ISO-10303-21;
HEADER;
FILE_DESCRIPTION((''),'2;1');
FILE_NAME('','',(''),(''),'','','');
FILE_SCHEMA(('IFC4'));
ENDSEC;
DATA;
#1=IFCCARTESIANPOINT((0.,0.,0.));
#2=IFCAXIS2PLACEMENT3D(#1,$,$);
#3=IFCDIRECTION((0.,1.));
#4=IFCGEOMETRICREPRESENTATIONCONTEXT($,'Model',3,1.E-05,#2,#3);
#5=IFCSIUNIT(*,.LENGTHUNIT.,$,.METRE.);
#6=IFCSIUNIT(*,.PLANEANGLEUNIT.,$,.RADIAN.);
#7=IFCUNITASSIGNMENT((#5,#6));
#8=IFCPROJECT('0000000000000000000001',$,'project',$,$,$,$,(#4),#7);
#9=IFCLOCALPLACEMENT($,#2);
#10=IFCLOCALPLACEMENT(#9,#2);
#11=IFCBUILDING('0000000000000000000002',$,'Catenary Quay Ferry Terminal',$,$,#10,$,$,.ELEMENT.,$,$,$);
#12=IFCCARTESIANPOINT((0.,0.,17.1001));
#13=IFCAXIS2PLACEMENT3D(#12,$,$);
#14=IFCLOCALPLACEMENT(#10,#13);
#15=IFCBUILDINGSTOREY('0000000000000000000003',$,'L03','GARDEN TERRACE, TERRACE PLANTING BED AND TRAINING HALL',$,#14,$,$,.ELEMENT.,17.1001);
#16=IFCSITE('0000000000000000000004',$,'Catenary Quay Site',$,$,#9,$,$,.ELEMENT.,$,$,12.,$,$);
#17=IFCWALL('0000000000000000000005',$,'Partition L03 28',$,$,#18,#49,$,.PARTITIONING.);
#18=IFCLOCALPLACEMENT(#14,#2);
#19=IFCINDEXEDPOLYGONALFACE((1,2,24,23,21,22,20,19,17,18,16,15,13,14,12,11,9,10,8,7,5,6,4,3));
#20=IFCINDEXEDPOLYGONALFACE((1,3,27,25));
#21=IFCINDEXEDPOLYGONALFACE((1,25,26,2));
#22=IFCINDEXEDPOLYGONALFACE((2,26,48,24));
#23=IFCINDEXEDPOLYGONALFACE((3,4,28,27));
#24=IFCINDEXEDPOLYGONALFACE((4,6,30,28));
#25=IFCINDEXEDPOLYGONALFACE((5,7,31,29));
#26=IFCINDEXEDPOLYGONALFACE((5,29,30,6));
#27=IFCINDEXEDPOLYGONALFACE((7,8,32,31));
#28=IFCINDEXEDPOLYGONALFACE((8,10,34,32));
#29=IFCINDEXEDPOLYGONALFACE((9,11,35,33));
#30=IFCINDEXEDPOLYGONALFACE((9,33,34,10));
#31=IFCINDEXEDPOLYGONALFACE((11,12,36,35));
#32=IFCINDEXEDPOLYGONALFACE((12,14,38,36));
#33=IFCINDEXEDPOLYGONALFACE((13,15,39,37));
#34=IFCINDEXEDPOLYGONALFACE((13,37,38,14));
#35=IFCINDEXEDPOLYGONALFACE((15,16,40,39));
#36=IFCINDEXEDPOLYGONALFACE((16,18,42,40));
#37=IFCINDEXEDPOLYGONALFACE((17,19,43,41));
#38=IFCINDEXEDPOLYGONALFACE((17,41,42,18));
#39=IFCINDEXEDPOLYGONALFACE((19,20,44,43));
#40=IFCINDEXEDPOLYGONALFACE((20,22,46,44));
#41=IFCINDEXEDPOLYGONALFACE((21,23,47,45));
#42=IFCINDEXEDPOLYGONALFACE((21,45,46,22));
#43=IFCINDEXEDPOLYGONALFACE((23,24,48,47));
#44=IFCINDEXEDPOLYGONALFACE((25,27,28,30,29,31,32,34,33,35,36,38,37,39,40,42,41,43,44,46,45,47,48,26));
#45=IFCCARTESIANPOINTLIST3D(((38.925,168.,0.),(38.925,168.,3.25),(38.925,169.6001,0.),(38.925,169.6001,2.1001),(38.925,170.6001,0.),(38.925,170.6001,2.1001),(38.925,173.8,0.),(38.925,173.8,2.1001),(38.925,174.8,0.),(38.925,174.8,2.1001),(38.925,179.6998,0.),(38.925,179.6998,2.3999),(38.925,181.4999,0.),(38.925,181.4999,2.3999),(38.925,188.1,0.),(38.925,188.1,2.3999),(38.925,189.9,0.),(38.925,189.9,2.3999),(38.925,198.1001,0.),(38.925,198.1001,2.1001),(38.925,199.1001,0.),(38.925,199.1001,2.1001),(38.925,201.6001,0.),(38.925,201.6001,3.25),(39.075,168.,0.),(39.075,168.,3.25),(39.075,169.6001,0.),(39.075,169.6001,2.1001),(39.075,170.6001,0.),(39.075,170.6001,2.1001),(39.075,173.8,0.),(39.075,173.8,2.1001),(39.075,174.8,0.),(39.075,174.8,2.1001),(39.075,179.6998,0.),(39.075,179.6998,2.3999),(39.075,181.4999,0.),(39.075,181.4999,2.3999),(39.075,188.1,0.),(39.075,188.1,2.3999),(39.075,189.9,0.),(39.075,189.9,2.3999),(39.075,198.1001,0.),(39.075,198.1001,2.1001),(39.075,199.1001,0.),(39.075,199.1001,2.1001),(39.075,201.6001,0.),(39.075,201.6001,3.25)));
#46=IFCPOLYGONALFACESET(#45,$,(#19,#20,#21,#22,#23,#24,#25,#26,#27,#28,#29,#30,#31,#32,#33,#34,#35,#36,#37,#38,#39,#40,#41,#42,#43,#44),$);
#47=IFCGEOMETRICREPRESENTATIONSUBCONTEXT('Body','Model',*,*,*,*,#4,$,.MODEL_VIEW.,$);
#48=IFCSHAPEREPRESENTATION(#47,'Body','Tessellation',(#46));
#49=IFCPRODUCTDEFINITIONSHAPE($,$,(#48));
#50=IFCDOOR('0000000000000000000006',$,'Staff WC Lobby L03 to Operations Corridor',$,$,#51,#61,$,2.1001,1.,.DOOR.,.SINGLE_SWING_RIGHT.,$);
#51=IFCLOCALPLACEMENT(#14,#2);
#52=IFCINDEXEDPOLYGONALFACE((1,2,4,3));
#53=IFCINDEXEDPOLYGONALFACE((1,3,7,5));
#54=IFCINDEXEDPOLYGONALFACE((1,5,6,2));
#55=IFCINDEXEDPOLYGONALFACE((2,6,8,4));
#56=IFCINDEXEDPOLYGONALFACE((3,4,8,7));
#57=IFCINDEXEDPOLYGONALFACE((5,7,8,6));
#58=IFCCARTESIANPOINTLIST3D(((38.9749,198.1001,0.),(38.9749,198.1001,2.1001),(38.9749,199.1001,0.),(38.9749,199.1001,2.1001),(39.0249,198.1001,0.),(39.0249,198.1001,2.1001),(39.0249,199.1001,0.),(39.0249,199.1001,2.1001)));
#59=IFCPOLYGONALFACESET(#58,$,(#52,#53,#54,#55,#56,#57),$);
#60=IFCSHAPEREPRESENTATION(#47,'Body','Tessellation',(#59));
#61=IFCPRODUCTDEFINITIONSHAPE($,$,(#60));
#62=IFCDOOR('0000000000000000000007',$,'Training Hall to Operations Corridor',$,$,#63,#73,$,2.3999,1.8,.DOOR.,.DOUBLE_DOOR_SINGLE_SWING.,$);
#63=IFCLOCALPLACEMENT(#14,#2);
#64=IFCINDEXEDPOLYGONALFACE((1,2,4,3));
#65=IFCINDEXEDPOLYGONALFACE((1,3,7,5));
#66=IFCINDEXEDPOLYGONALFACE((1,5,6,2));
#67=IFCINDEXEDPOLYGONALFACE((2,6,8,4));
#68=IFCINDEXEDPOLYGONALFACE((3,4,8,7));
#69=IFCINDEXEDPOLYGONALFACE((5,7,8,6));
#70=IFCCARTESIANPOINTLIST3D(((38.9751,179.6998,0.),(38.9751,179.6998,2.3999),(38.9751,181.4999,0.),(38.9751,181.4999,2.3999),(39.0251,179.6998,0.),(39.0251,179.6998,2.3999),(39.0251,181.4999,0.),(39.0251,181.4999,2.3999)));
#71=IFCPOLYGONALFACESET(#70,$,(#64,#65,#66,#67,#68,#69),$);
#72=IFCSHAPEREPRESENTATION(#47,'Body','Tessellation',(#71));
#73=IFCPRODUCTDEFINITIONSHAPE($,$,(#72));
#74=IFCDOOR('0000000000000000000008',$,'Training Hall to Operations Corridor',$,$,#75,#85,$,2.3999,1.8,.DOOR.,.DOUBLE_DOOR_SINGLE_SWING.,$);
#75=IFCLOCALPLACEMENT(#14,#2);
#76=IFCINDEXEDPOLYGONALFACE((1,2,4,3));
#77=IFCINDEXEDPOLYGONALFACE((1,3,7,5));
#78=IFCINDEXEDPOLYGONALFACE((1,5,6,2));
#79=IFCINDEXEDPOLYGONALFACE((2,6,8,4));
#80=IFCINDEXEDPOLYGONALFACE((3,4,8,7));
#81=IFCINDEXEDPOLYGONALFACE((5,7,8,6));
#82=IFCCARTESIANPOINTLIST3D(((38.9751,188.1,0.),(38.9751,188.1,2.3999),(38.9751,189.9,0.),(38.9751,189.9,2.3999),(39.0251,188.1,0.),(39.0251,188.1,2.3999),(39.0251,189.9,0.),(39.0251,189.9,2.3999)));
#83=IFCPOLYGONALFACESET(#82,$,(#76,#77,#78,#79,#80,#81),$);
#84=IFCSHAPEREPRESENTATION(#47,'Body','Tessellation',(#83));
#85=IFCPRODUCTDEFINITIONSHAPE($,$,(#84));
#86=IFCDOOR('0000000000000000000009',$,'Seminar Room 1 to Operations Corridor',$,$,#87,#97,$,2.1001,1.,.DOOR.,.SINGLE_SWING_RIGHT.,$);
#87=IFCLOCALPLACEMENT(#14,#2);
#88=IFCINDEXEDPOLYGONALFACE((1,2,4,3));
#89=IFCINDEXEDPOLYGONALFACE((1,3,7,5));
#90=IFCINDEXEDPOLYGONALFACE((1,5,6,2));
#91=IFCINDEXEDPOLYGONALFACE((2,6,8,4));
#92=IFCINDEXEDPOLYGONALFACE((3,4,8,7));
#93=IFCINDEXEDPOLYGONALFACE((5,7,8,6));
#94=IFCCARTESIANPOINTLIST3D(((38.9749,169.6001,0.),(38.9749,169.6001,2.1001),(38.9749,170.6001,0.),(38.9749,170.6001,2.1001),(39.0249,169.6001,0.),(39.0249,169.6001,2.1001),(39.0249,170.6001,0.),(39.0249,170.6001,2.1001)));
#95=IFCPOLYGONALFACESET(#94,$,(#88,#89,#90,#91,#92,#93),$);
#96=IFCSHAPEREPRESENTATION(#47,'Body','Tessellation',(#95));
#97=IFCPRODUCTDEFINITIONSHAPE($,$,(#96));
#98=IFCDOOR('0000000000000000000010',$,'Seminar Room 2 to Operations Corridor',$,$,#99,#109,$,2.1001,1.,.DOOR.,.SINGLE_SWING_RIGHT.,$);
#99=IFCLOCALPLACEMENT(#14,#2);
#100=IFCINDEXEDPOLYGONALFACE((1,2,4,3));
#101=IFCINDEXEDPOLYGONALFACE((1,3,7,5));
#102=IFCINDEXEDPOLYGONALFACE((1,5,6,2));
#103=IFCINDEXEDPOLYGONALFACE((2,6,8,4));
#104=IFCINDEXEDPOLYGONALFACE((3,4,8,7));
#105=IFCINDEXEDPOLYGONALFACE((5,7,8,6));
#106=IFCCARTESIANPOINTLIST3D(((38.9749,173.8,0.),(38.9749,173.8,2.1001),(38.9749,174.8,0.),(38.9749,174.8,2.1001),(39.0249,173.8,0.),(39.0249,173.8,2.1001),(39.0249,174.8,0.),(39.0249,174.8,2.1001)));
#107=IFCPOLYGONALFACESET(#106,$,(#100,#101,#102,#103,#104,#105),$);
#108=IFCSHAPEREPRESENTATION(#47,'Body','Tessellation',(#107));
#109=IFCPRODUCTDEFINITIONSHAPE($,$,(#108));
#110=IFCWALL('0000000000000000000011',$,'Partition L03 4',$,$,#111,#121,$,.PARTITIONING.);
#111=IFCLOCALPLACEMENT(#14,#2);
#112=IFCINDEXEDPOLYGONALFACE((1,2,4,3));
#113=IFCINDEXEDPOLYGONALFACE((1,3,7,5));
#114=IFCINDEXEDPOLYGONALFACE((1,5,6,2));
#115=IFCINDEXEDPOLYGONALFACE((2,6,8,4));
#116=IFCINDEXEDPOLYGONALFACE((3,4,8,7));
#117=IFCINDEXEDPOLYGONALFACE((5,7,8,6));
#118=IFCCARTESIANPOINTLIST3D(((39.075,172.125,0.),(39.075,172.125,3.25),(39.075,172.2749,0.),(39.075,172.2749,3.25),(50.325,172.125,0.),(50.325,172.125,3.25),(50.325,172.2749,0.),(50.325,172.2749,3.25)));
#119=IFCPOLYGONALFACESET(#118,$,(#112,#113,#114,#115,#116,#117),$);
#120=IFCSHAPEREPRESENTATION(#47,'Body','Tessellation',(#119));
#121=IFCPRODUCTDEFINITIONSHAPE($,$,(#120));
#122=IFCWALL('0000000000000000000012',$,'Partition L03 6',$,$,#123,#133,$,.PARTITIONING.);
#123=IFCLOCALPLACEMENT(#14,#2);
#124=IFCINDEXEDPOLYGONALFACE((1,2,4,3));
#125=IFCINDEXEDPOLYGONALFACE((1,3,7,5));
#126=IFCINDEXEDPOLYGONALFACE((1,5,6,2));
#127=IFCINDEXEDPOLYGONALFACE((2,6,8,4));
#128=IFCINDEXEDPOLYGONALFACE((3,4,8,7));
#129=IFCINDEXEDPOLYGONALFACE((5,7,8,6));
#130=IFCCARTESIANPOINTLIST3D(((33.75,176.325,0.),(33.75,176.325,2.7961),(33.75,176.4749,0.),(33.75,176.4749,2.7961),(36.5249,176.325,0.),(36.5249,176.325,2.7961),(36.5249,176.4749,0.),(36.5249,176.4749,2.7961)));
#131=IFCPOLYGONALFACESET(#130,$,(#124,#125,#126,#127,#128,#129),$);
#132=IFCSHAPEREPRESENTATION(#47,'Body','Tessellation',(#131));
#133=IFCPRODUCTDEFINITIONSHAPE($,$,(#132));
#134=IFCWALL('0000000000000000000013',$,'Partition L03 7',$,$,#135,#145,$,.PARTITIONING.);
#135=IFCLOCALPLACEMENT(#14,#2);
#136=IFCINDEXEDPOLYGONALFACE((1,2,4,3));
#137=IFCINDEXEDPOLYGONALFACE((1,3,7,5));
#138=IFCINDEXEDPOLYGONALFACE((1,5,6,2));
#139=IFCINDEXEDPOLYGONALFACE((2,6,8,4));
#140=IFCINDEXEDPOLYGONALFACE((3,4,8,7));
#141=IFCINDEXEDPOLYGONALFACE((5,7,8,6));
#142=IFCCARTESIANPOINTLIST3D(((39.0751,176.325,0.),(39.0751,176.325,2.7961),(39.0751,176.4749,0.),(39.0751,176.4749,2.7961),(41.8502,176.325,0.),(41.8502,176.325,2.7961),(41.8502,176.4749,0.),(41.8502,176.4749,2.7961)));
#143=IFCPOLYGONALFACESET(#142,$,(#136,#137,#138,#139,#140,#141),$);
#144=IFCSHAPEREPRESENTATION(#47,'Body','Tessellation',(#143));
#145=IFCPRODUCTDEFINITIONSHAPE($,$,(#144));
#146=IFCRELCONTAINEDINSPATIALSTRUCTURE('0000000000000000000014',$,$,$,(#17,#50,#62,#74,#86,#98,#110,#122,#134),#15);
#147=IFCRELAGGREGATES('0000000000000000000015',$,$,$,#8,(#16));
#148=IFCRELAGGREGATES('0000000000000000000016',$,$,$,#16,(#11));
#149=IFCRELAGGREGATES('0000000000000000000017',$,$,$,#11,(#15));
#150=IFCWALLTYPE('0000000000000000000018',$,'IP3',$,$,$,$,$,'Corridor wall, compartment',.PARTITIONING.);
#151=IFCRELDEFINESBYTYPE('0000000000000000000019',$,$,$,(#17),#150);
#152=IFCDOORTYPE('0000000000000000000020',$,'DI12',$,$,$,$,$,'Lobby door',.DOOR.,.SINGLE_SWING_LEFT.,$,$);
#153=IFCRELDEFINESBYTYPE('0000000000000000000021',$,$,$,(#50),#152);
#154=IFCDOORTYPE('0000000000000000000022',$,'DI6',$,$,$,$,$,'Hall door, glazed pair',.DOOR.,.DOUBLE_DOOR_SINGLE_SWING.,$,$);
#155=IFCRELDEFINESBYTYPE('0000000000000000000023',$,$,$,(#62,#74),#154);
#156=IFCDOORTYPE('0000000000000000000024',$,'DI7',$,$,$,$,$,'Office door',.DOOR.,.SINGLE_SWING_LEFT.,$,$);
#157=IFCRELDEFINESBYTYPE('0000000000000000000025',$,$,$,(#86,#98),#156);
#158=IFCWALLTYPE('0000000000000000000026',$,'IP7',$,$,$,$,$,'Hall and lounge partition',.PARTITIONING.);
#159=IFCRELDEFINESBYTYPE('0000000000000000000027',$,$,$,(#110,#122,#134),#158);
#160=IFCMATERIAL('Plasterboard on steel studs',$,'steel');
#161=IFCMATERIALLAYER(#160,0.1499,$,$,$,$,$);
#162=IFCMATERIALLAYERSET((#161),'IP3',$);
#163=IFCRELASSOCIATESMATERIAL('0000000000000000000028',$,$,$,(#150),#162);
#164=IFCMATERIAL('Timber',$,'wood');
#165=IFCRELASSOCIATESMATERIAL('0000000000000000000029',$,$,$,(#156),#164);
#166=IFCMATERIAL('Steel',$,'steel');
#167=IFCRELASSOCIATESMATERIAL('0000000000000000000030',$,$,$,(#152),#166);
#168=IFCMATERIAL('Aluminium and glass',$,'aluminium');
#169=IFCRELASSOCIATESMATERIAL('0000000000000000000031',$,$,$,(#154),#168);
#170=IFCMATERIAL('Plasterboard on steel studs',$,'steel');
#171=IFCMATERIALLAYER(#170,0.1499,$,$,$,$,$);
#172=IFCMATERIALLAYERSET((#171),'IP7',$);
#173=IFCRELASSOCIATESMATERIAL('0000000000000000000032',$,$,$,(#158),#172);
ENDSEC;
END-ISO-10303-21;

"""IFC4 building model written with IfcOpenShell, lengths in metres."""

from ifc_helpers import new_model, si_unit, direction, frame, frame_2d, origin, place, context, subcontext, project, spatial, rectangle, extrude, material, layer, layer_set, type_object, element, fill, save


model = new_model("IFC4")

# Units and contexts
model_context = context("Model", 3, precision=1e-05, world=origin(), true_north=direction((0.0, 1.0)))
body_context = subcontext(model_context, "Body", "Model", "MODEL_VIEW")
ifc_project = project(units=[si_unit("LENGTHUNIT", "METRE"), si_unit("PLANEANGLEUNIT", "RADIAN")], contexts=[model_context])

# Site, building, storey
site_placement = place(None, origin())
site = spatial("IfcSite", under=ifc_project, at=site_placement, Name="Catenary Quay Site", CompositionType="ELEMENT", RefElevation=12.0)
building_placement = place(site_placement, origin())
building = spatial("IfcBuilding", under=site, at=building_placement, Name="Catenary Quay Ferry Terminal", CompositionType="ELEMENT")
storey_placement = place(building_placement, frame((0.0, 0.0, 17.1001)))
storey = spatial("IfcBuildingStorey", under=building, at=storey_placement, Name="L03", Description="GARDEN TERRACE, TERRACE PLANTING BED AND TRAINING HALL", CompositionType="ELEMENT", Elevation=17.1001)

# Wall, openings, doors
ifc_material_1 = material(Name="Plasterboard on steel studs", Category="steel")
ifc_layer_1 = layer(ifc_material_1, 0.1499)
ifc_layer_set_1 = layer_set([ifc_layer_1], Name="IP3")
wall_type_1 = type_object("IfcWallType", Name="IP3", ElementType="Corridor wall, compartment", PredefinedType="PARTITIONING", material=ifc_layer_set_1)
ifc_material_2 = material(Name="Timber", Category="wood")
door_type_1 = type_object("IfcDoorType", Name="DI7", ElementType="Office door", OperationType="SINGLE_SWING_LEFT", PredefinedType="DOOR", material=ifc_material_2)
wall_1_placement = place(storey_placement, frame((39.0, 168.0, 0.0), z_axis=(0.0, 0.0, 1.0), x_axis=(0.0, 1.0, 0.0)))
wall_1 = element("IfcWall", 1, at=wall_1_placement, inside=storey, type_object=wall_type_1, Name="Partition L03 28", PredefinedType="PARTITIONING", context=body_context, shape_type="SweptSolid", body=[
    extrude(rectangle(XDim=33.6001, YDim=0.1499, at=frame_2d((16.8, 0.0))), origin(), (0.0, 0.0, 1.0), 3.25),
])
opening_1_placement = place(wall_1_placement, frame((1.6001, 0.0, 0.0)))
opening_1 = element("IfcOpeningElement", 2, at=opening_1_placement, cuts=wall_1, PredefinedType="OPENING", context=body_context, shape_type="SweptSolid", body=[
    extrude(rectangle(XDim=1.0, YDim=2.1001, at=frame_2d((0.5, 1.05))), frame((0.0, 0.085, 0.0), z_axis=(0.0, -1.0, 0.0), x_axis=(1.0, 0.0, 0.0)), (0.0, 0.0, 1.0), 0.1699),
])
opening_2_placement = place(wall_1_placement, frame((5.8, 0.0, 0.0)))
opening_2 = element("IfcOpeningElement", 3, at=opening_2_placement, cuts=wall_1, PredefinedType="OPENING", context=body_context, shape_type="SweptSolid", body=[
    extrude(rectangle(XDim=1.0, YDim=2.1001, at=frame_2d((0.5, 1.05))), frame((0.0, 0.085, 0.0), z_axis=(0.0, -1.0, 0.0), x_axis=(1.0, 0.0, 0.0)), (0.0, 0.0, 1.0), 0.1699),
])
opening_3_placement = place(wall_1_placement, frame((11.7, 0.0, 0.0)))
opening_3 = element("IfcOpeningElement", 4, at=opening_3_placement, cuts=wall_1, PredefinedType="OPENING", context=body_context, shape_type="SweptSolid", body=[
    extrude(rectangle(XDim=1.8, YDim=2.3999, at=frame_2d((0.8999, 1.2))), frame((0.0, 0.085, 0.0), z_axis=(0.0, -1.0, 0.0), x_axis=(1.0, 0.0, 0.0)), (0.0, 0.0, 1.0), 0.1699),
])
opening_4_placement = place(wall_1_placement, frame((20.1001, 0.0, 0.0)))
opening_4 = element("IfcOpeningElement", 5, at=opening_4_placement, cuts=wall_1, PredefinedType="OPENING", context=body_context, shape_type="SweptSolid", body=[
    extrude(rectangle(XDim=1.8, YDim=2.3999, at=frame_2d((0.8999, 1.2))), frame((0.0, 0.085, 0.0), z_axis=(0.0, -1.0, 0.0), x_axis=(1.0, 0.0, 0.0)), (0.0, 0.0, 1.0), 0.1699),
])
opening_5_placement = place(wall_1_placement, frame((30.1001, 0.0, 0.0)))
opening_5 = element("IfcOpeningElement", 6, at=opening_5_placement, cuts=wall_1, PredefinedType="OPENING", context=body_context, shape_type="SweptSolid", body=[
    extrude(rectangle(XDim=1.0, YDim=2.1001, at=frame_2d((0.5, 1.05))), frame((0.0, 0.085, 0.0), z_axis=(0.0, -1.0, 0.0), x_axis=(1.0, 0.0, 0.0)), (0.0, 0.0, 1.0), 0.1699),
])
ifc_material_3 = material(Name="Steel", Category="steel")
door_type_2 = type_object("IfcDoorType", Name="DI12", ElementType="Lobby door", OperationType="SINGLE_SWING_LEFT", PredefinedType="DOOR", material=ifc_material_3)
door_1_placement = place(opening_5_placement, frame((1.0, 0.0, 0.0), z_axis=(0.0, 0.0, 1.0), x_axis=(-1.0, 0.0, 0.0)))
door_1 = element("IfcDoor", 7, at=door_1_placement, inside=storey, type_object=door_type_2, Name="Staff WC Lobby L03 to Operations Corridor", OperationType="SINGLE_SWING_RIGHT", OverallHeight=2.1001, OverallWidth=1.0, PredefinedType="DOOR", context=body_context, shape_type="SweptSolid", body=[
    extrude(rectangle(XDim=1.0, YDim=2.1001, at=frame_2d((0.5, 1.05))), frame((0.0, 0.0249, 0.0), z_axis=(0.0, -1.0, 0.0), x_axis=(1.0, 0.0, 0.0)), (0.0, 0.0, 1.0), 0.05),
])
fill(opening_5, door_1)
ifc_material_4 = material(Name="Aluminium and glass", Category="aluminium")
door_type_3 = type_object("IfcDoorType", Name="DI6", ElementType="Hall door, glazed pair", OperationType="DOUBLE_DOOR_SINGLE_SWING", PredefinedType="DOOR", material=ifc_material_4)
door_2_placement = place(opening_3_placement, origin())
door_2 = element("IfcDoor", 8, at=door_2_placement, inside=storey, type_object=door_type_3, Name="Training Hall to Operations Corridor", OperationType="DOUBLE_DOOR_SINGLE_SWING", OverallHeight=2.3999, OverallWidth=1.8, PredefinedType="DOOR", context=body_context, shape_type="SweptSolid", body=[
    extrude(rectangle(XDim=1.8, YDim=2.3999, at=frame_2d((0.8999, 1.2))), frame((0.0, 0.0249, 0.0), z_axis=(0.0, -1.0, 0.0), x_axis=(1.0, 0.0, 0.0)), (0.0, 0.0, 1.0), 0.05),
])
fill(opening_3, door_2)
door_3_placement = place(opening_4_placement, origin())
door_3 = element("IfcDoor", 9, at=door_3_placement, inside=storey, type_object=door_type_3, Name="Training Hall to Operations Corridor", OperationType="DOUBLE_DOOR_SINGLE_SWING", OverallHeight=2.3999, OverallWidth=1.8, PredefinedType="DOOR", context=body_context, shape_type="SweptSolid", body=[
    extrude(rectangle(XDim=1.8, YDim=2.3999, at=frame_2d((0.8999, 1.2))), frame((0.0, 0.0249, 0.0), z_axis=(0.0, -1.0, 0.0), x_axis=(1.0, 0.0, 0.0)), (0.0, 0.0, 1.0), 0.05),
])
fill(opening_4, door_3)
door_4_placement = place(opening_1_placement, frame((1.0, 0.0, 0.0), z_axis=(0.0, 0.0, 1.0), x_axis=(-1.0, 0.0, 0.0)))
door_4 = element("IfcDoor", 10, at=door_4_placement, inside=storey, type_object=door_type_1, Name="Seminar Room 1 to Operations Corridor", OperationType="SINGLE_SWING_RIGHT", OverallHeight=2.1001, OverallWidth=1.0, PredefinedType="DOOR", context=body_context, shape_type="SweptSolid", body=[
    extrude(rectangle(XDim=1.0, YDim=2.1001, at=frame_2d((0.5, 1.05))), frame((0.0, 0.0249, 0.0), z_axis=(0.0, -1.0, 0.0), x_axis=(1.0, 0.0, 0.0)), (0.0, 0.0, 1.0), 0.05),
])
fill(opening_1, door_4)
door_5_placement = place(opening_2_placement, frame((1.0, 0.0, 0.0), z_axis=(0.0, 0.0, 1.0), x_axis=(-1.0, 0.0, 0.0)))
door_5 = element("IfcDoor", 11, at=door_5_placement, inside=storey, type_object=door_type_1, Name="Seminar Room 2 to Operations Corridor", OperationType="SINGLE_SWING_RIGHT", OverallHeight=2.1001, OverallWidth=1.0, PredefinedType="DOOR", context=body_context, shape_type="SweptSolid", body=[
    extrude(rectangle(XDim=1.0, YDim=2.1001, at=frame_2d((0.5, 1.05))), frame((0.0, 0.0249, 0.0), z_axis=(0.0, -1.0, 0.0), x_axis=(1.0, 0.0, 0.0)), (0.0, 0.0, 1.0), 0.05),
])
fill(opening_2, door_5)

# Walls
ifc_material_5 = material(Name="Plasterboard on steel studs", Category="steel")
ifc_layer_2 = layer(ifc_material_5, 0.1499)
ifc_layer_set_2 = layer_set([ifc_layer_2], Name="IP7")
wall_type_2 = type_object("IfcWallType", Name="IP7", ElementType="Hall and lounge partition", PredefinedType="PARTITIONING", material=ifc_layer_set_2)
wall_2_placement = place(storey_placement, frame((39.075, 172.2, 0.0), z_axis=(0.0, 0.0, 1.0), x_axis=(1.0, 0.0, 0.0)))
element("IfcWall", 12, at=wall_2_placement, inside=storey, type_object=wall_type_2, Name="Partition L03 4", PredefinedType="PARTITIONING", context=body_context, shape_type="SweptSolid", body=[
    extrude(rectangle(XDim=11.25, YDim=0.1499, at=frame_2d((5.625, 0.0))), origin(), (0.0, 0.0, 1.0), 3.25),
])
wall_3_placement = place(storey_placement, frame((33.75, 176.3999, 0.0), z_axis=(0.0, 0.0, 1.0), x_axis=(1.0, 0.0, 0.0)))
element("IfcWall", 13, at=wall_3_placement, inside=storey, type_object=wall_type_2, Name="Partition L03 6", PredefinedType="PARTITIONING", context=body_context, shape_type="SweptSolid", body=[
    extrude(rectangle(XDim=2.7749, YDim=0.1499, at=frame_2d((1.3875, 0.0))), origin(), (0.0, 0.0, 1.0), 2.7961),
])
wall_4_placement = place(storey_placement, frame((39.075, 176.3999, 0.0), z_axis=(0.0, 0.0, 1.0), x_axis=(1.0, 0.0, 0.0)))
element("IfcWall", 14, at=wall_4_placement, inside=storey, type_object=wall_type_2, Name="Partition L03 7", PredefinedType="PARTITIONING", context=body_context, shape_type="SweptSolid", body=[
    extrude(rectangle(XDim=2.7751, YDim=0.1499, at=frame_2d((1.3877, 0.0))), origin(), (0.0, 0.0, 1.0), 2.7961),
])

save(model, "model.ifc")
